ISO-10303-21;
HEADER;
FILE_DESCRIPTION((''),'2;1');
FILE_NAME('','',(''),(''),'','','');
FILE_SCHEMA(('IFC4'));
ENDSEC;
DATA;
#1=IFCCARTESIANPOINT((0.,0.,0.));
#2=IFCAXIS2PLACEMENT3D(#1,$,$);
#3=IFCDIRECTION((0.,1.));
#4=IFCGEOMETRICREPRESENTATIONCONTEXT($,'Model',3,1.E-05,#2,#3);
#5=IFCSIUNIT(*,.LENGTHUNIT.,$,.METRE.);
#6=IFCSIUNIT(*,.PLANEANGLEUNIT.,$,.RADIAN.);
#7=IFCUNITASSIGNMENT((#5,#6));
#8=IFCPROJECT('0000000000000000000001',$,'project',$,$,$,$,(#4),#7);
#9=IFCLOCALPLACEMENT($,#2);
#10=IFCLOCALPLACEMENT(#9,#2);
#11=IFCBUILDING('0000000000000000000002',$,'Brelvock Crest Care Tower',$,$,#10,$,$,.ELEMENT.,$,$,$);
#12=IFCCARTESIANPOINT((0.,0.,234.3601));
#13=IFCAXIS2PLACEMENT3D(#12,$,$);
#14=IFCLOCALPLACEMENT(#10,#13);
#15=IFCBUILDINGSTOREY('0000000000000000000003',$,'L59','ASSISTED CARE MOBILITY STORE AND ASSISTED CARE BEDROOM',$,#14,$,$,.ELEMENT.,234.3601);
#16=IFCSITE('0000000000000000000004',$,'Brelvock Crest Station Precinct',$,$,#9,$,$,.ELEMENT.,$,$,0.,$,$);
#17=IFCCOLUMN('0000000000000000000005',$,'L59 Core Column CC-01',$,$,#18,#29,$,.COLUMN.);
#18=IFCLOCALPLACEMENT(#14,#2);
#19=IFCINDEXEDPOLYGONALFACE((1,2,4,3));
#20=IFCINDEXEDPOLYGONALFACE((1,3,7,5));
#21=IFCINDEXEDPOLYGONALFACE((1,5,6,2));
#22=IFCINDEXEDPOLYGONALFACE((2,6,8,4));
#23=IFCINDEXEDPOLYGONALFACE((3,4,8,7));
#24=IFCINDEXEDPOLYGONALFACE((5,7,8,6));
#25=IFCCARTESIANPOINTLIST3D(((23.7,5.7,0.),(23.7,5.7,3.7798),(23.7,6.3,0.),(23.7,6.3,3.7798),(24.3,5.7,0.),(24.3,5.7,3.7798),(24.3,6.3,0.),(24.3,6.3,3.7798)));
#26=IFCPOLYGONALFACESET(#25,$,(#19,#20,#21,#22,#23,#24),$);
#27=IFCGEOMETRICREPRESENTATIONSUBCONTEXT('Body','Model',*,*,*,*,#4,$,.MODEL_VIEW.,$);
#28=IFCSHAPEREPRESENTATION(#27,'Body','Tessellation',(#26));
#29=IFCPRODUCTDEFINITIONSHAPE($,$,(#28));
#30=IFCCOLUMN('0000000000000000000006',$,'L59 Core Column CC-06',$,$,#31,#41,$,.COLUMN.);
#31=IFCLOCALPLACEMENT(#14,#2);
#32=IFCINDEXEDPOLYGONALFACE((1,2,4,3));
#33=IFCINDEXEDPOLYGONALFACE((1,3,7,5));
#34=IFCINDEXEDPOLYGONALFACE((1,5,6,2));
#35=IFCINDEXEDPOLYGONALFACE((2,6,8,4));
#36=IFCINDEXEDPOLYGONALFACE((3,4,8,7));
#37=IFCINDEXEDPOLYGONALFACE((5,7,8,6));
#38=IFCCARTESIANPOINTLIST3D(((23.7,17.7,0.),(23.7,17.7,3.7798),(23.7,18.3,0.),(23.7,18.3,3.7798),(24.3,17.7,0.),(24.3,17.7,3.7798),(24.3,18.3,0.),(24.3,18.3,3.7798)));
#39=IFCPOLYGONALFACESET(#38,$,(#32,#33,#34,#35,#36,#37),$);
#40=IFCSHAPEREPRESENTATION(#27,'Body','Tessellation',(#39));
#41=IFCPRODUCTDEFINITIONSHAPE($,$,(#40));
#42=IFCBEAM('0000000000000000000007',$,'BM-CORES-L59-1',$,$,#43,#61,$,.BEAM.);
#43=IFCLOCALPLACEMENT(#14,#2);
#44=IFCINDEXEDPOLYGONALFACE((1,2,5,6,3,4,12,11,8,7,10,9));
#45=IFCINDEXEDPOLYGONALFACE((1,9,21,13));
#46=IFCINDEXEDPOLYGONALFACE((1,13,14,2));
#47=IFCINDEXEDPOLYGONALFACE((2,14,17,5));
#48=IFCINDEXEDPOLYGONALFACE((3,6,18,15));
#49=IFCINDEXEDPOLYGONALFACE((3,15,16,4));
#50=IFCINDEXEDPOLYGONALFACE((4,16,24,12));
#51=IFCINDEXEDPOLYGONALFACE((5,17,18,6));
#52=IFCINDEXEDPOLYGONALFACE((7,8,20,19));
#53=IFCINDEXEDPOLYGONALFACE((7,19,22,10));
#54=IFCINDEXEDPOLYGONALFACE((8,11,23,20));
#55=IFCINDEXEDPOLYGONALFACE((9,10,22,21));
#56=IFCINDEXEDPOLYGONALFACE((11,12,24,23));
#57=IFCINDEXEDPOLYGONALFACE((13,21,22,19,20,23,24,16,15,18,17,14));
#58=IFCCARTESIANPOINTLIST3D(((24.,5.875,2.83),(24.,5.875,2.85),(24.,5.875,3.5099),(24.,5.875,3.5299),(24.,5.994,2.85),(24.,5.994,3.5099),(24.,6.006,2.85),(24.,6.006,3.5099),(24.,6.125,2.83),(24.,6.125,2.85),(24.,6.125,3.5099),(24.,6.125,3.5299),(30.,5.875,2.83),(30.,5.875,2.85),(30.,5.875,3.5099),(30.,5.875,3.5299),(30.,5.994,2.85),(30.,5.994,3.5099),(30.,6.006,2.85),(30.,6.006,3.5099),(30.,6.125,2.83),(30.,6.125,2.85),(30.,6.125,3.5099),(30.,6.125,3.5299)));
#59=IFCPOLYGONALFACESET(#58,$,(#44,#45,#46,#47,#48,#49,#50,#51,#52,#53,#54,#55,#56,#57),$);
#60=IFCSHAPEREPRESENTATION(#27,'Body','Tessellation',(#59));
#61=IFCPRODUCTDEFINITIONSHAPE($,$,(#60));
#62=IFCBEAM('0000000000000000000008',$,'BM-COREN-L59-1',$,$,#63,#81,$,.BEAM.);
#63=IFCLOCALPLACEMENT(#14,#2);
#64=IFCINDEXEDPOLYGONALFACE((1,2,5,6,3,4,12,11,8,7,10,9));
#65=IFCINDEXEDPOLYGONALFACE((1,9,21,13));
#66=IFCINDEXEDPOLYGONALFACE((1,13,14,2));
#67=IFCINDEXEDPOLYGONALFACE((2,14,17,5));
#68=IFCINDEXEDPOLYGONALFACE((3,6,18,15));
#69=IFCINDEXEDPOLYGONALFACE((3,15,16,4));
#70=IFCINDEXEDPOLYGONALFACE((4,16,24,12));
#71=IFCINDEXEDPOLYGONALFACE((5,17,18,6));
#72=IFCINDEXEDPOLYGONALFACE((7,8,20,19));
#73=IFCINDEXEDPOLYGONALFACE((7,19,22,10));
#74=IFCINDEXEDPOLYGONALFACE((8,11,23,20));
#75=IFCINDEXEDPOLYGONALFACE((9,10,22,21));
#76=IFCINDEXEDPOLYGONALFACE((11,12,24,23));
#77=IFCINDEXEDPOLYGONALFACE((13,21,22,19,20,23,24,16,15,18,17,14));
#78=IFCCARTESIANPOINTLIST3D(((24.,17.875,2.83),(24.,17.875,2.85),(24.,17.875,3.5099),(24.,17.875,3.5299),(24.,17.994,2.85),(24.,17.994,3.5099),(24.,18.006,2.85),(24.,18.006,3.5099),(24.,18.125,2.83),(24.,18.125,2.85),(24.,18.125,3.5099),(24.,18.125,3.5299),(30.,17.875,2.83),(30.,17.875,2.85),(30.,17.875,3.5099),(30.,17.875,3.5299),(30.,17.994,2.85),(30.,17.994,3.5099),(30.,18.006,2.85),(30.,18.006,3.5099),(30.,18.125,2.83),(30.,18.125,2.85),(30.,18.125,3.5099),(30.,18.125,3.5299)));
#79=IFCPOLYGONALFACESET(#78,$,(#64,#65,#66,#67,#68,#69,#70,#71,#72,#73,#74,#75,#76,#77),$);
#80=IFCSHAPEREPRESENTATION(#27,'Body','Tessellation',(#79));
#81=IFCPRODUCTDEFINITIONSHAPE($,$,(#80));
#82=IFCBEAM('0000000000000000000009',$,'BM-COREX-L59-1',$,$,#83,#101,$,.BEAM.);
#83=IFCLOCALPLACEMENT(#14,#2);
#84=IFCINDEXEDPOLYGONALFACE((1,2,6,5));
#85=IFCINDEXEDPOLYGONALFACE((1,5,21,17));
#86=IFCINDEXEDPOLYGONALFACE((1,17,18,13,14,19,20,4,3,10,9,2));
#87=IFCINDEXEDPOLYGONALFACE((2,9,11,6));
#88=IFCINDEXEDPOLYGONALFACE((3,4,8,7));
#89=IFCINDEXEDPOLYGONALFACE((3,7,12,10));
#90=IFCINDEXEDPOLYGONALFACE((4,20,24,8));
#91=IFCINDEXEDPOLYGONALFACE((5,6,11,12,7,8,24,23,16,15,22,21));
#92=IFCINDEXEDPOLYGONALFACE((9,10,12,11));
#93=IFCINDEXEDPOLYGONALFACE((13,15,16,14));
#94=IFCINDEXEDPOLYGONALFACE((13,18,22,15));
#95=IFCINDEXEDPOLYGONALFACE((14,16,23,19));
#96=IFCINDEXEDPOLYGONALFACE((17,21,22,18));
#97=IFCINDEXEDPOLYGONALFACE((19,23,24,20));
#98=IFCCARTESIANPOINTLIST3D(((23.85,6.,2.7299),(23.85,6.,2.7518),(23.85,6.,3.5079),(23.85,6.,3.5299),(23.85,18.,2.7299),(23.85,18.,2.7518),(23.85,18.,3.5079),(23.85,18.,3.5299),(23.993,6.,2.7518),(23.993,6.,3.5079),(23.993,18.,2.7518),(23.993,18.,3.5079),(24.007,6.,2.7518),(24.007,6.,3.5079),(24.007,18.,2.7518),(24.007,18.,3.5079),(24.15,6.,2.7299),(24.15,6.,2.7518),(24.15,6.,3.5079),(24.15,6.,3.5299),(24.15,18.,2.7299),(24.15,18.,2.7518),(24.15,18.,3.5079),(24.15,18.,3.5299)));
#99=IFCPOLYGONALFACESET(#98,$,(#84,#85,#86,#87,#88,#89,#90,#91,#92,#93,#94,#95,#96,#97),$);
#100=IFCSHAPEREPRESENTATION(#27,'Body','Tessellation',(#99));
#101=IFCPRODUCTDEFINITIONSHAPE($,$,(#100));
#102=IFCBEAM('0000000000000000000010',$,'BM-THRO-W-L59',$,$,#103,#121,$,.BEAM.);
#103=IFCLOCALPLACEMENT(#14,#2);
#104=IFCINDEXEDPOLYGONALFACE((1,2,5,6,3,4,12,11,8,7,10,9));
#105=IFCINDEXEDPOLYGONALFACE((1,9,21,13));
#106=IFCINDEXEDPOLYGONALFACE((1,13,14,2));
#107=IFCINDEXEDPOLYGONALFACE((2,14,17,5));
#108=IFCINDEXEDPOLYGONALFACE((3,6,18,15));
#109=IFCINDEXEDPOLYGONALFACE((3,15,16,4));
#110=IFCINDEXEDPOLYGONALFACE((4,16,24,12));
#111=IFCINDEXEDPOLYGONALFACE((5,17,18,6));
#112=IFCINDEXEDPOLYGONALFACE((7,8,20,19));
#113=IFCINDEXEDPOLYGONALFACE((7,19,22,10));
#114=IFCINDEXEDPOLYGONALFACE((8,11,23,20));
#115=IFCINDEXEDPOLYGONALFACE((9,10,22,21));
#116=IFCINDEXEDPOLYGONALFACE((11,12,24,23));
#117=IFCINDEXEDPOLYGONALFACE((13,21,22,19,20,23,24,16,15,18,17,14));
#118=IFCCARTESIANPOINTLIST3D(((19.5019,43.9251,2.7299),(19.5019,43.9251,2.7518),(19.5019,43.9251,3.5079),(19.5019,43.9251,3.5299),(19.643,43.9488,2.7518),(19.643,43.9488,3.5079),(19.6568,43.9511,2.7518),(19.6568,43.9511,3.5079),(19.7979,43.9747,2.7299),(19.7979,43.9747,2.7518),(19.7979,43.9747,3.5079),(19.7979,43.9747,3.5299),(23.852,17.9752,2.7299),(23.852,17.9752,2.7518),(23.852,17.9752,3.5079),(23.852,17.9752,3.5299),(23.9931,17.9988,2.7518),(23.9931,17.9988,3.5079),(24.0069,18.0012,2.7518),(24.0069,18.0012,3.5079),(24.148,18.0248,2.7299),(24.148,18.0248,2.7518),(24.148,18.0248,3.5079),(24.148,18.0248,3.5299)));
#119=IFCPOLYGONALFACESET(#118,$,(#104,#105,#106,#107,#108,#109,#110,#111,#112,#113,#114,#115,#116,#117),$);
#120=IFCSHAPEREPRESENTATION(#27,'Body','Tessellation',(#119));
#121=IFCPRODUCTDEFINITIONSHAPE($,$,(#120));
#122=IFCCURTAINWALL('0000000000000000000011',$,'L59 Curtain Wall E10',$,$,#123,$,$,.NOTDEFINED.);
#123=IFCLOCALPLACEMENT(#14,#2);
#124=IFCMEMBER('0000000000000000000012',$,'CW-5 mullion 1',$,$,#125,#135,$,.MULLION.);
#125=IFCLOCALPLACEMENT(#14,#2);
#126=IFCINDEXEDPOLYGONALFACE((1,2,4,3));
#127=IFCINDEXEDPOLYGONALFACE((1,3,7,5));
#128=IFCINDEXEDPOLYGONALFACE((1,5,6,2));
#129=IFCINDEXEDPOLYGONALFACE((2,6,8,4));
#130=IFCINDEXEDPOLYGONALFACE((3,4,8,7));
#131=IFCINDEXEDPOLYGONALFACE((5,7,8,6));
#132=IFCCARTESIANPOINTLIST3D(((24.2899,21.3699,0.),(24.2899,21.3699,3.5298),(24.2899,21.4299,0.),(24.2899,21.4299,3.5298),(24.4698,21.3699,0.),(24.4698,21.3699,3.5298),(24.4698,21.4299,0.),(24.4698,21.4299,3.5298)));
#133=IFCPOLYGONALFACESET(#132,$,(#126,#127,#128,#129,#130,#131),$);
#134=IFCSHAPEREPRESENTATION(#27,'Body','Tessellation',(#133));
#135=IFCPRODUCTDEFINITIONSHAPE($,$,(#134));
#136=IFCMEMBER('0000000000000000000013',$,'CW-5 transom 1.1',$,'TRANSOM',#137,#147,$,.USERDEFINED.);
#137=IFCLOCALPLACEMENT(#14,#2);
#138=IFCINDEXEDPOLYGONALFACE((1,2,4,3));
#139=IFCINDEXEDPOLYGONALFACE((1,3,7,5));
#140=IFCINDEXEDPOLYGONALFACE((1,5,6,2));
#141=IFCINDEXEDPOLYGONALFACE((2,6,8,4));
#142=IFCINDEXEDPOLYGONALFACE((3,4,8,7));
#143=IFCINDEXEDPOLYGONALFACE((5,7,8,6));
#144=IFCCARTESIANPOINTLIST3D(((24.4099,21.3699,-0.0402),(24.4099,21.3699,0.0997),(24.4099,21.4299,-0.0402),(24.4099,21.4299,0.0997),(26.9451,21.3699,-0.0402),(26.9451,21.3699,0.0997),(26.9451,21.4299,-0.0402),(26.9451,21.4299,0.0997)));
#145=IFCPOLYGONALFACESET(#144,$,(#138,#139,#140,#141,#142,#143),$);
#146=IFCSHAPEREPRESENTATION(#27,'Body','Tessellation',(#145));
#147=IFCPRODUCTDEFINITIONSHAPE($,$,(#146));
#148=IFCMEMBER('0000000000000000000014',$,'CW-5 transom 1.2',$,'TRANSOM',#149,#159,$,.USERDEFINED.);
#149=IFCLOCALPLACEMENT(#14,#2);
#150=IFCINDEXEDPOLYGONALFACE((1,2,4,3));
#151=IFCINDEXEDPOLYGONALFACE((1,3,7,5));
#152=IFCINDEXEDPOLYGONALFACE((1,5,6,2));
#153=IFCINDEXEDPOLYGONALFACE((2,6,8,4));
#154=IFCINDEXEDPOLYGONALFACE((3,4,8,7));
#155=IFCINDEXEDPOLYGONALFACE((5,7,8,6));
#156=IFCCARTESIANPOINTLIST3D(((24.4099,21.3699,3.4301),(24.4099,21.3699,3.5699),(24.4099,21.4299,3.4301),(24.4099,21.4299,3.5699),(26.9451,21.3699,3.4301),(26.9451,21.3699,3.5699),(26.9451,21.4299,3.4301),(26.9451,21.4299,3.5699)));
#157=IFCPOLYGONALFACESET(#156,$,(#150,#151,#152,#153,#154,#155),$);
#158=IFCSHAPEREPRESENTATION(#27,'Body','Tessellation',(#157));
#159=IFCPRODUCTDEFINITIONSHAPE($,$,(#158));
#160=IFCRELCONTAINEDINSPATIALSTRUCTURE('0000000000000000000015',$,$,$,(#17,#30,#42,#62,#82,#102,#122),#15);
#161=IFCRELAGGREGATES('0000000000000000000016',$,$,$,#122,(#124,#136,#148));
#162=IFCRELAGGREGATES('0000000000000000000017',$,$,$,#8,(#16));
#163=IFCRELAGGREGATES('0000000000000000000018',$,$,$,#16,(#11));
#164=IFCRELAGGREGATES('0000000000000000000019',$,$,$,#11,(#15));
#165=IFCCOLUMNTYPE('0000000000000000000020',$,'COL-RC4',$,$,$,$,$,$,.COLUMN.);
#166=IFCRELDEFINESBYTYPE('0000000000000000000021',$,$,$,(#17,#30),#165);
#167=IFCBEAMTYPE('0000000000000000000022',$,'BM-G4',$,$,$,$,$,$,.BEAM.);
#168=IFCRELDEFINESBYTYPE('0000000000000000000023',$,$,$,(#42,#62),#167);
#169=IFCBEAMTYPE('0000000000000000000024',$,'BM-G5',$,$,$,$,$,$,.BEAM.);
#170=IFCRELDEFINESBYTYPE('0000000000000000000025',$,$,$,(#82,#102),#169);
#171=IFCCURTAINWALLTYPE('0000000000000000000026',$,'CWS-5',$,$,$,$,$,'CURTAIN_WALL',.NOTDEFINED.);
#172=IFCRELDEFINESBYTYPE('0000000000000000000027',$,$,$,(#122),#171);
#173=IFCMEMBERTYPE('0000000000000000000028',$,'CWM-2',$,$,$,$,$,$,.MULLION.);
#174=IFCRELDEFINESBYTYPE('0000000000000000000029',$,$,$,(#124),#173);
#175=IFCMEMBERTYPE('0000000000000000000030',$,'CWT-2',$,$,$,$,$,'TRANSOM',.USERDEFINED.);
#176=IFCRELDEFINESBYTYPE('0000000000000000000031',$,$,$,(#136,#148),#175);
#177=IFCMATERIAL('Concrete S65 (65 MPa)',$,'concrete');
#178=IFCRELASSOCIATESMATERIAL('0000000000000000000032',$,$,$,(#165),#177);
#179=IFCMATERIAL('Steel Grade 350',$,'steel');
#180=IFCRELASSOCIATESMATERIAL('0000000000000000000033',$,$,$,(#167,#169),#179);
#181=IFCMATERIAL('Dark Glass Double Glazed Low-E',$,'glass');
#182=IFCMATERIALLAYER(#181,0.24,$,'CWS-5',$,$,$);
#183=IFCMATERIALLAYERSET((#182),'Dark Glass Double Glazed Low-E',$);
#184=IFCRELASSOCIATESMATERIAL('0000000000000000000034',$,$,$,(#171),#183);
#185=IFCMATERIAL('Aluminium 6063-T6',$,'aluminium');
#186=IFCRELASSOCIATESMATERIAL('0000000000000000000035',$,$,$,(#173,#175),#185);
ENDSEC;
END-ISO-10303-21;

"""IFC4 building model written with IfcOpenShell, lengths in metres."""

from ifc_helpers import new_model, si_unit, direction, frame, origin, origin_2d, place, context, subcontext, project, spatial, rectangle, i_section, extrude, source, transform, mapped, material, layer, layer_set, material_profile, profile_set, type_object, element, aggregate, save


model = new_model("IFC4")

# Units and contexts
model_context = context("Model", 3, precision=1e-05, world=origin(), true_north=direction((0.0, 1.0)))
body_context = subcontext(model_context, "Body", "Model", "MODEL_VIEW")
ifc_project = project(units=[si_unit("LENGTHUNIT", "METRE"), si_unit("PLANEANGLEUNIT", "RADIAN")], contexts=[model_context])

# Site, building, storey
site_placement = place(None, origin())
site = spatial("IfcSite", under=ifc_project, at=site_placement, Name="Brelvock Crest Station Precinct", CompositionType="ELEMENT", RefElevation=0.0)
building_placement = place(site_placement, origin())
building = spatial("IfcBuilding", under=site, at=building_placement, Name="Brelvock Crest Care Tower", CompositionType="ELEMENT")
storey_placement = place(building_placement, frame((0.0, 0.0, 234.3601)))
storey = spatial("IfcBuildingStorey", under=building, at=storey_placement, Name="L59", Description="ASSISTED CARE MOBILITY STORE AND ASSISTED CARE BEDROOM", CompositionType="ELEMENT", Elevation=234.3601)

# Columns
ifc_material_1 = material(Name="Concrete S65 (65 MPa)", Category="concrete")
ifc_material_profile_1 = material_profile(ifc_material_1, rectangle(XDim=0.6001, YDim=0.6001, at=origin_2d()), Name="RC600x600")
ifc_profile_set_1 = profile_set([ifc_material_profile_1], Name="Concrete S65 (65 MPa)")
column_type = type_object("IfcColumnType", Name="COL-RC4", PredefinedType="COLUMN", material=ifc_profile_set_1)
shared_shape_1 = source(origin(), body_context, "Body", "SweptSolid", [
    extrude(rectangle(XDim=0.6001, YDim=0.6001, at=origin_2d()), origin(), (0.0, 0.0, 1.0), 3.7798),
])
for number, where, z_axis, x_axis, name in (
    (1, (24.0, 6.0, 0.0), (0.0, 0.0, 1.0), (1.0, 0.0, 0.0), "L59 Core Column CC-01"),
    (2, (24.0, 18.0, 0.0), (0.0, 0.0, 1.0), (1.0, 0.0, 0.0), "L59 Core Column CC-06"),
):
    element("IfcColumn", number, at=place(storey_placement, frame(where, z_axis=z_axis, x_axis=x_axis)), inside=storey, type_object=column_type, Name=name, PredefinedType="COLUMN", context=body_context, shape_type="MappedRepresentation", body=[
        mapped(shared_shape_1, transform((0.0, 0.0, 0.0), x_axis=(1.0, 0.0, 0.0), y_axis=(0.0, 1.0, 0.0), z_axis=(0.0, 0.0, 1.0), scale=1.0)),
    ])

# Beams
ifc_material_2 = material(Name="Steel Grade 350", Category="steel")
ifc_material_profile_2 = material_profile(ifc_material_2, i_section(OverallWidth=0.25, OverallDepth=0.7, WebThickness=0.012, FlangeThickness=0.02, at=origin_2d()), Name="700WB150")
ifc_profile_set_2 = profile_set([ifc_material_profile_2], Name="Steel Grade 350")
beam_type_1 = type_object("IfcBeamType", Name="BM-G4", PredefinedType="BEAM", material=ifc_profile_set_2)
shared_shape_2 = source(origin(), body_context, "Body", "SweptSolid", [
    extrude(i_section(OverallWidth=0.25, OverallDepth=0.7, WebThickness=0.012, FlangeThickness=0.02, at=origin_2d()), origin(), (0.0, 0.0, 1.0), 6.0),
])
for number, where, z_axis, x_axis, name in (
    (3, (24.0, 6.0, 3.1799), (1.0, 0.0, 0.0), (0.0, 1.0, 0.0), "BM-CORES-L59-1"),
    (4, (24.0, 18.0, 3.1799), (1.0, 0.0, 0.0), (0.0, 1.0, 0.0), "BM-COREN-L59-1"),
):
    element("IfcBeam", number, at=place(storey_placement, frame(where, z_axis=z_axis, x_axis=x_axis)), inside=storey, type_object=beam_type_1, Name=name, PredefinedType="BEAM", context=body_context, shape_type="MappedRepresentation", body=[
        mapped(shared_shape_2, transform((0.0, 0.0, 0.0), x_axis=(1.0, 0.0, 0.0), y_axis=(0.0, 1.0, 0.0), z_axis=(0.0, 0.0, 1.0), scale=1.0)),
    ])
ifc_material_profile_3 = material_profile(ifc_material_2, i_section(OverallWidth=0.3, OverallDepth=0.8, WebThickness=0.0139, FlangeThickness=0.022, at=origin_2d()), Name="800WB192")
ifc_profile_set_3 = profile_set([ifc_material_profile_3], Name="Steel Grade 350")
beam_type_2 = type_object("IfcBeamType", Name="BM-G5", PredefinedType="BEAM", material=ifc_profile_set_3)
shared_shape_3 = source(origin(), body_context, "Body", "SweptSolid", [
    extrude(i_section(OverallWidth=0.3, OverallDepth=0.8, WebThickness=0.0139, FlangeThickness=0.022, at=origin_2d()), origin(), (0.0, 0.0, 1.0), 12.0),
])
beam_1_placement = place(storey_placement, frame((24.0, 6.0, 3.1299), z_axis=(0.0, 1.0, 0.0), x_axis=(-1.0, 0.0, 0.0)))
element("IfcBeam", 5, at=beam_1_placement, inside=storey, type_object=beam_type_2, Name="BM-COREX-L59-1", PredefinedType="BEAM", context=body_context, shape_type="MappedRepresentation", body=[
    mapped(shared_shape_3, transform((0.0, 0.0, 0.0), x_axis=(1.0, 0.0, 0.0), y_axis=(0.0, 1.0, 0.0), z_axis=(0.0, 0.0, 1.0), scale=1.0)),
])
shared_shape_4 = source(origin(), body_context, "Body", "SweptSolid", [
    extrude(i_section(OverallWidth=0.3, OverallDepth=0.8, WebThickness=0.0139, FlangeThickness=0.022, at=origin_2d()), origin(), (0.0, 0.0, 1.0), 26.312),
])
beam_2_placement = place(storey_placement, frame((24.0, 18.0, 3.1299), z_axis=(-0.165327, 0.986239, 0.0), x_axis=(-0.986239, -0.165327, 0.0)))
element("IfcBeam", 6, at=beam_2_placement, inside=storey, type_object=beam_type_2, Name="BM-THRO-W-L59", PredefinedType="BEAM", context=body_context, shape_type="MappedRepresentation", body=[
    mapped(shared_shape_4, transform((0.0, 0.0, 0.0), x_axis=(1.0, 0.0, 0.0), y_axis=(0.0, 1.0, 0.0), z_axis=(0.0, 0.0, 1.0), scale=1.0)),
])

# Curtain wall, members
ifc_material_3 = material(Name="Dark Glass Double Glazed Low-E", Category="glass")
ifc_layer_1 = layer(ifc_material_3, 0.24, Name="CWS-5")
ifc_layer_set_1 = layer_set([ifc_layer_1], Name="Dark Glass Double Glazed Low-E")
curtain_wall_type = type_object("IfcCurtainWallType", Name="CWS-5", ElementType="CURTAIN_WALL", PredefinedType="NOTDEFINED", material=ifc_layer_set_1)
curtain_wall_placement = place(storey_placement, origin())
curtain_wall = element("IfcCurtainWall", 7, at=curtain_wall_placement, inside=storey, type_object=curtain_wall_type, Name="L59 Curtain Wall E10", PredefinedType="NOTDEFINED")
ifc_material_4 = material(Name="Aluminium 6063-T6", Category="aluminium")
ifc_material_profile_4 = material_profile(ifc_material_4, rectangle(XDim=0.0601, YDim=0.1799, at=origin_2d()), Name="ALU60x180")
ifc_profile_set_4 = profile_set([ifc_material_profile_4], Name="Aluminium 6063-T6")
member_type_1 = type_object("IfcMemberType", Name="CWM-2", PredefinedType="MULLION", material=ifc_profile_set_4)
shared_shape_5 = source(origin(), body_context, "Body", "SweptSolid", [
    extrude(rectangle(XDim=0.0601, YDim=0.1799, at=origin_2d()), origin(), (0.0, 0.0, 1.0), 3.5298),
])
member_1_placement = place(storey_placement, frame((24.3799, 21.3999, 0.0), z_axis=(0.0, 0.0, 1.0), x_axis=(0.0, 1.0, 0.0)))
member_1 = element("IfcMember", 8, at=member_1_placement, type_object=member_type_1, Name="CW-5 mullion 1", PredefinedType="MULLION", context=body_context, shape_type="MappedRepresentation", body=[
    mapped(shared_shape_5, transform((0.0, 0.0, 0.0), x_axis=(1.0, 0.0, 0.0), y_axis=(0.0, 1.0, 0.0), z_axis=(0.0, 0.0, 1.0), scale=1.0)),
])
ifc_material_profile_5 = material_profile(ifc_material_4, rectangle(XDim=0.0601, YDim=0.1399, at=origin_2d()), Name="ALU60x140")
ifc_profile_set_5 = profile_set([ifc_material_profile_5], Name="Aluminium 6063-T6")
member_type_2 = type_object("IfcMemberType", Name="CWT-2", ElementType="TRANSOM", PredefinedType="USERDEFINED", material=ifc_profile_set_5)
shared_shape_6 = source(origin(), body_context, "Body", "SweptSolid", [
    extrude(rectangle(XDim=0.0601, YDim=0.1399, at=origin_2d()), origin(), (0.0, 0.0, 1.0), 2.5352),
])
member_2_placement = place(storey_placement, frame((24.4099, 21.3999, 0.0298), z_axis=(1.0, 0.0, 0.0), x_axis=(0.0, 1.0, 0.0)))
member_2 = element("IfcMember", 9, at=member_2_placement, type_object=member_type_2, Name="CW-5 transom 1.1", ObjectType="TRANSOM", PredefinedType="USERDEFINED", context=body_context, shape_type="MappedRepresentation", body=[
    mapped(shared_shape_6, transform((0.0, 0.0, 0.0), x_axis=(1.0, 0.0, 0.0), y_axis=(0.0, 1.0, 0.0), z_axis=(0.0, 0.0, 1.0), scale=1.0)),
])
member_3_placement = place(storey_placement, frame((24.4099, 21.3999, 3.5), z_axis=(1.0, 0.0, 0.0), x_axis=(0.0, 1.0, 0.0)))
member_3 = element("IfcMember", 10, at=member_3_placement, type_object=member_type_2, Name="CW-5 transom 1.2", ObjectType="TRANSOM", PredefinedType="USERDEFINED", context=body_context, shape_type="MappedRepresentation", body=[
    mapped(shared_shape_6, transform((0.0, 0.0, 0.0), x_axis=(1.0, 0.0, 0.0), y_axis=(0.0, 1.0, 0.0), z_axis=(0.0, 0.0, 1.0), scale=1.0)),
])

aggregate(curtain_wall, [member_1, member_2, member_3])

save(model, "model.ifc")
